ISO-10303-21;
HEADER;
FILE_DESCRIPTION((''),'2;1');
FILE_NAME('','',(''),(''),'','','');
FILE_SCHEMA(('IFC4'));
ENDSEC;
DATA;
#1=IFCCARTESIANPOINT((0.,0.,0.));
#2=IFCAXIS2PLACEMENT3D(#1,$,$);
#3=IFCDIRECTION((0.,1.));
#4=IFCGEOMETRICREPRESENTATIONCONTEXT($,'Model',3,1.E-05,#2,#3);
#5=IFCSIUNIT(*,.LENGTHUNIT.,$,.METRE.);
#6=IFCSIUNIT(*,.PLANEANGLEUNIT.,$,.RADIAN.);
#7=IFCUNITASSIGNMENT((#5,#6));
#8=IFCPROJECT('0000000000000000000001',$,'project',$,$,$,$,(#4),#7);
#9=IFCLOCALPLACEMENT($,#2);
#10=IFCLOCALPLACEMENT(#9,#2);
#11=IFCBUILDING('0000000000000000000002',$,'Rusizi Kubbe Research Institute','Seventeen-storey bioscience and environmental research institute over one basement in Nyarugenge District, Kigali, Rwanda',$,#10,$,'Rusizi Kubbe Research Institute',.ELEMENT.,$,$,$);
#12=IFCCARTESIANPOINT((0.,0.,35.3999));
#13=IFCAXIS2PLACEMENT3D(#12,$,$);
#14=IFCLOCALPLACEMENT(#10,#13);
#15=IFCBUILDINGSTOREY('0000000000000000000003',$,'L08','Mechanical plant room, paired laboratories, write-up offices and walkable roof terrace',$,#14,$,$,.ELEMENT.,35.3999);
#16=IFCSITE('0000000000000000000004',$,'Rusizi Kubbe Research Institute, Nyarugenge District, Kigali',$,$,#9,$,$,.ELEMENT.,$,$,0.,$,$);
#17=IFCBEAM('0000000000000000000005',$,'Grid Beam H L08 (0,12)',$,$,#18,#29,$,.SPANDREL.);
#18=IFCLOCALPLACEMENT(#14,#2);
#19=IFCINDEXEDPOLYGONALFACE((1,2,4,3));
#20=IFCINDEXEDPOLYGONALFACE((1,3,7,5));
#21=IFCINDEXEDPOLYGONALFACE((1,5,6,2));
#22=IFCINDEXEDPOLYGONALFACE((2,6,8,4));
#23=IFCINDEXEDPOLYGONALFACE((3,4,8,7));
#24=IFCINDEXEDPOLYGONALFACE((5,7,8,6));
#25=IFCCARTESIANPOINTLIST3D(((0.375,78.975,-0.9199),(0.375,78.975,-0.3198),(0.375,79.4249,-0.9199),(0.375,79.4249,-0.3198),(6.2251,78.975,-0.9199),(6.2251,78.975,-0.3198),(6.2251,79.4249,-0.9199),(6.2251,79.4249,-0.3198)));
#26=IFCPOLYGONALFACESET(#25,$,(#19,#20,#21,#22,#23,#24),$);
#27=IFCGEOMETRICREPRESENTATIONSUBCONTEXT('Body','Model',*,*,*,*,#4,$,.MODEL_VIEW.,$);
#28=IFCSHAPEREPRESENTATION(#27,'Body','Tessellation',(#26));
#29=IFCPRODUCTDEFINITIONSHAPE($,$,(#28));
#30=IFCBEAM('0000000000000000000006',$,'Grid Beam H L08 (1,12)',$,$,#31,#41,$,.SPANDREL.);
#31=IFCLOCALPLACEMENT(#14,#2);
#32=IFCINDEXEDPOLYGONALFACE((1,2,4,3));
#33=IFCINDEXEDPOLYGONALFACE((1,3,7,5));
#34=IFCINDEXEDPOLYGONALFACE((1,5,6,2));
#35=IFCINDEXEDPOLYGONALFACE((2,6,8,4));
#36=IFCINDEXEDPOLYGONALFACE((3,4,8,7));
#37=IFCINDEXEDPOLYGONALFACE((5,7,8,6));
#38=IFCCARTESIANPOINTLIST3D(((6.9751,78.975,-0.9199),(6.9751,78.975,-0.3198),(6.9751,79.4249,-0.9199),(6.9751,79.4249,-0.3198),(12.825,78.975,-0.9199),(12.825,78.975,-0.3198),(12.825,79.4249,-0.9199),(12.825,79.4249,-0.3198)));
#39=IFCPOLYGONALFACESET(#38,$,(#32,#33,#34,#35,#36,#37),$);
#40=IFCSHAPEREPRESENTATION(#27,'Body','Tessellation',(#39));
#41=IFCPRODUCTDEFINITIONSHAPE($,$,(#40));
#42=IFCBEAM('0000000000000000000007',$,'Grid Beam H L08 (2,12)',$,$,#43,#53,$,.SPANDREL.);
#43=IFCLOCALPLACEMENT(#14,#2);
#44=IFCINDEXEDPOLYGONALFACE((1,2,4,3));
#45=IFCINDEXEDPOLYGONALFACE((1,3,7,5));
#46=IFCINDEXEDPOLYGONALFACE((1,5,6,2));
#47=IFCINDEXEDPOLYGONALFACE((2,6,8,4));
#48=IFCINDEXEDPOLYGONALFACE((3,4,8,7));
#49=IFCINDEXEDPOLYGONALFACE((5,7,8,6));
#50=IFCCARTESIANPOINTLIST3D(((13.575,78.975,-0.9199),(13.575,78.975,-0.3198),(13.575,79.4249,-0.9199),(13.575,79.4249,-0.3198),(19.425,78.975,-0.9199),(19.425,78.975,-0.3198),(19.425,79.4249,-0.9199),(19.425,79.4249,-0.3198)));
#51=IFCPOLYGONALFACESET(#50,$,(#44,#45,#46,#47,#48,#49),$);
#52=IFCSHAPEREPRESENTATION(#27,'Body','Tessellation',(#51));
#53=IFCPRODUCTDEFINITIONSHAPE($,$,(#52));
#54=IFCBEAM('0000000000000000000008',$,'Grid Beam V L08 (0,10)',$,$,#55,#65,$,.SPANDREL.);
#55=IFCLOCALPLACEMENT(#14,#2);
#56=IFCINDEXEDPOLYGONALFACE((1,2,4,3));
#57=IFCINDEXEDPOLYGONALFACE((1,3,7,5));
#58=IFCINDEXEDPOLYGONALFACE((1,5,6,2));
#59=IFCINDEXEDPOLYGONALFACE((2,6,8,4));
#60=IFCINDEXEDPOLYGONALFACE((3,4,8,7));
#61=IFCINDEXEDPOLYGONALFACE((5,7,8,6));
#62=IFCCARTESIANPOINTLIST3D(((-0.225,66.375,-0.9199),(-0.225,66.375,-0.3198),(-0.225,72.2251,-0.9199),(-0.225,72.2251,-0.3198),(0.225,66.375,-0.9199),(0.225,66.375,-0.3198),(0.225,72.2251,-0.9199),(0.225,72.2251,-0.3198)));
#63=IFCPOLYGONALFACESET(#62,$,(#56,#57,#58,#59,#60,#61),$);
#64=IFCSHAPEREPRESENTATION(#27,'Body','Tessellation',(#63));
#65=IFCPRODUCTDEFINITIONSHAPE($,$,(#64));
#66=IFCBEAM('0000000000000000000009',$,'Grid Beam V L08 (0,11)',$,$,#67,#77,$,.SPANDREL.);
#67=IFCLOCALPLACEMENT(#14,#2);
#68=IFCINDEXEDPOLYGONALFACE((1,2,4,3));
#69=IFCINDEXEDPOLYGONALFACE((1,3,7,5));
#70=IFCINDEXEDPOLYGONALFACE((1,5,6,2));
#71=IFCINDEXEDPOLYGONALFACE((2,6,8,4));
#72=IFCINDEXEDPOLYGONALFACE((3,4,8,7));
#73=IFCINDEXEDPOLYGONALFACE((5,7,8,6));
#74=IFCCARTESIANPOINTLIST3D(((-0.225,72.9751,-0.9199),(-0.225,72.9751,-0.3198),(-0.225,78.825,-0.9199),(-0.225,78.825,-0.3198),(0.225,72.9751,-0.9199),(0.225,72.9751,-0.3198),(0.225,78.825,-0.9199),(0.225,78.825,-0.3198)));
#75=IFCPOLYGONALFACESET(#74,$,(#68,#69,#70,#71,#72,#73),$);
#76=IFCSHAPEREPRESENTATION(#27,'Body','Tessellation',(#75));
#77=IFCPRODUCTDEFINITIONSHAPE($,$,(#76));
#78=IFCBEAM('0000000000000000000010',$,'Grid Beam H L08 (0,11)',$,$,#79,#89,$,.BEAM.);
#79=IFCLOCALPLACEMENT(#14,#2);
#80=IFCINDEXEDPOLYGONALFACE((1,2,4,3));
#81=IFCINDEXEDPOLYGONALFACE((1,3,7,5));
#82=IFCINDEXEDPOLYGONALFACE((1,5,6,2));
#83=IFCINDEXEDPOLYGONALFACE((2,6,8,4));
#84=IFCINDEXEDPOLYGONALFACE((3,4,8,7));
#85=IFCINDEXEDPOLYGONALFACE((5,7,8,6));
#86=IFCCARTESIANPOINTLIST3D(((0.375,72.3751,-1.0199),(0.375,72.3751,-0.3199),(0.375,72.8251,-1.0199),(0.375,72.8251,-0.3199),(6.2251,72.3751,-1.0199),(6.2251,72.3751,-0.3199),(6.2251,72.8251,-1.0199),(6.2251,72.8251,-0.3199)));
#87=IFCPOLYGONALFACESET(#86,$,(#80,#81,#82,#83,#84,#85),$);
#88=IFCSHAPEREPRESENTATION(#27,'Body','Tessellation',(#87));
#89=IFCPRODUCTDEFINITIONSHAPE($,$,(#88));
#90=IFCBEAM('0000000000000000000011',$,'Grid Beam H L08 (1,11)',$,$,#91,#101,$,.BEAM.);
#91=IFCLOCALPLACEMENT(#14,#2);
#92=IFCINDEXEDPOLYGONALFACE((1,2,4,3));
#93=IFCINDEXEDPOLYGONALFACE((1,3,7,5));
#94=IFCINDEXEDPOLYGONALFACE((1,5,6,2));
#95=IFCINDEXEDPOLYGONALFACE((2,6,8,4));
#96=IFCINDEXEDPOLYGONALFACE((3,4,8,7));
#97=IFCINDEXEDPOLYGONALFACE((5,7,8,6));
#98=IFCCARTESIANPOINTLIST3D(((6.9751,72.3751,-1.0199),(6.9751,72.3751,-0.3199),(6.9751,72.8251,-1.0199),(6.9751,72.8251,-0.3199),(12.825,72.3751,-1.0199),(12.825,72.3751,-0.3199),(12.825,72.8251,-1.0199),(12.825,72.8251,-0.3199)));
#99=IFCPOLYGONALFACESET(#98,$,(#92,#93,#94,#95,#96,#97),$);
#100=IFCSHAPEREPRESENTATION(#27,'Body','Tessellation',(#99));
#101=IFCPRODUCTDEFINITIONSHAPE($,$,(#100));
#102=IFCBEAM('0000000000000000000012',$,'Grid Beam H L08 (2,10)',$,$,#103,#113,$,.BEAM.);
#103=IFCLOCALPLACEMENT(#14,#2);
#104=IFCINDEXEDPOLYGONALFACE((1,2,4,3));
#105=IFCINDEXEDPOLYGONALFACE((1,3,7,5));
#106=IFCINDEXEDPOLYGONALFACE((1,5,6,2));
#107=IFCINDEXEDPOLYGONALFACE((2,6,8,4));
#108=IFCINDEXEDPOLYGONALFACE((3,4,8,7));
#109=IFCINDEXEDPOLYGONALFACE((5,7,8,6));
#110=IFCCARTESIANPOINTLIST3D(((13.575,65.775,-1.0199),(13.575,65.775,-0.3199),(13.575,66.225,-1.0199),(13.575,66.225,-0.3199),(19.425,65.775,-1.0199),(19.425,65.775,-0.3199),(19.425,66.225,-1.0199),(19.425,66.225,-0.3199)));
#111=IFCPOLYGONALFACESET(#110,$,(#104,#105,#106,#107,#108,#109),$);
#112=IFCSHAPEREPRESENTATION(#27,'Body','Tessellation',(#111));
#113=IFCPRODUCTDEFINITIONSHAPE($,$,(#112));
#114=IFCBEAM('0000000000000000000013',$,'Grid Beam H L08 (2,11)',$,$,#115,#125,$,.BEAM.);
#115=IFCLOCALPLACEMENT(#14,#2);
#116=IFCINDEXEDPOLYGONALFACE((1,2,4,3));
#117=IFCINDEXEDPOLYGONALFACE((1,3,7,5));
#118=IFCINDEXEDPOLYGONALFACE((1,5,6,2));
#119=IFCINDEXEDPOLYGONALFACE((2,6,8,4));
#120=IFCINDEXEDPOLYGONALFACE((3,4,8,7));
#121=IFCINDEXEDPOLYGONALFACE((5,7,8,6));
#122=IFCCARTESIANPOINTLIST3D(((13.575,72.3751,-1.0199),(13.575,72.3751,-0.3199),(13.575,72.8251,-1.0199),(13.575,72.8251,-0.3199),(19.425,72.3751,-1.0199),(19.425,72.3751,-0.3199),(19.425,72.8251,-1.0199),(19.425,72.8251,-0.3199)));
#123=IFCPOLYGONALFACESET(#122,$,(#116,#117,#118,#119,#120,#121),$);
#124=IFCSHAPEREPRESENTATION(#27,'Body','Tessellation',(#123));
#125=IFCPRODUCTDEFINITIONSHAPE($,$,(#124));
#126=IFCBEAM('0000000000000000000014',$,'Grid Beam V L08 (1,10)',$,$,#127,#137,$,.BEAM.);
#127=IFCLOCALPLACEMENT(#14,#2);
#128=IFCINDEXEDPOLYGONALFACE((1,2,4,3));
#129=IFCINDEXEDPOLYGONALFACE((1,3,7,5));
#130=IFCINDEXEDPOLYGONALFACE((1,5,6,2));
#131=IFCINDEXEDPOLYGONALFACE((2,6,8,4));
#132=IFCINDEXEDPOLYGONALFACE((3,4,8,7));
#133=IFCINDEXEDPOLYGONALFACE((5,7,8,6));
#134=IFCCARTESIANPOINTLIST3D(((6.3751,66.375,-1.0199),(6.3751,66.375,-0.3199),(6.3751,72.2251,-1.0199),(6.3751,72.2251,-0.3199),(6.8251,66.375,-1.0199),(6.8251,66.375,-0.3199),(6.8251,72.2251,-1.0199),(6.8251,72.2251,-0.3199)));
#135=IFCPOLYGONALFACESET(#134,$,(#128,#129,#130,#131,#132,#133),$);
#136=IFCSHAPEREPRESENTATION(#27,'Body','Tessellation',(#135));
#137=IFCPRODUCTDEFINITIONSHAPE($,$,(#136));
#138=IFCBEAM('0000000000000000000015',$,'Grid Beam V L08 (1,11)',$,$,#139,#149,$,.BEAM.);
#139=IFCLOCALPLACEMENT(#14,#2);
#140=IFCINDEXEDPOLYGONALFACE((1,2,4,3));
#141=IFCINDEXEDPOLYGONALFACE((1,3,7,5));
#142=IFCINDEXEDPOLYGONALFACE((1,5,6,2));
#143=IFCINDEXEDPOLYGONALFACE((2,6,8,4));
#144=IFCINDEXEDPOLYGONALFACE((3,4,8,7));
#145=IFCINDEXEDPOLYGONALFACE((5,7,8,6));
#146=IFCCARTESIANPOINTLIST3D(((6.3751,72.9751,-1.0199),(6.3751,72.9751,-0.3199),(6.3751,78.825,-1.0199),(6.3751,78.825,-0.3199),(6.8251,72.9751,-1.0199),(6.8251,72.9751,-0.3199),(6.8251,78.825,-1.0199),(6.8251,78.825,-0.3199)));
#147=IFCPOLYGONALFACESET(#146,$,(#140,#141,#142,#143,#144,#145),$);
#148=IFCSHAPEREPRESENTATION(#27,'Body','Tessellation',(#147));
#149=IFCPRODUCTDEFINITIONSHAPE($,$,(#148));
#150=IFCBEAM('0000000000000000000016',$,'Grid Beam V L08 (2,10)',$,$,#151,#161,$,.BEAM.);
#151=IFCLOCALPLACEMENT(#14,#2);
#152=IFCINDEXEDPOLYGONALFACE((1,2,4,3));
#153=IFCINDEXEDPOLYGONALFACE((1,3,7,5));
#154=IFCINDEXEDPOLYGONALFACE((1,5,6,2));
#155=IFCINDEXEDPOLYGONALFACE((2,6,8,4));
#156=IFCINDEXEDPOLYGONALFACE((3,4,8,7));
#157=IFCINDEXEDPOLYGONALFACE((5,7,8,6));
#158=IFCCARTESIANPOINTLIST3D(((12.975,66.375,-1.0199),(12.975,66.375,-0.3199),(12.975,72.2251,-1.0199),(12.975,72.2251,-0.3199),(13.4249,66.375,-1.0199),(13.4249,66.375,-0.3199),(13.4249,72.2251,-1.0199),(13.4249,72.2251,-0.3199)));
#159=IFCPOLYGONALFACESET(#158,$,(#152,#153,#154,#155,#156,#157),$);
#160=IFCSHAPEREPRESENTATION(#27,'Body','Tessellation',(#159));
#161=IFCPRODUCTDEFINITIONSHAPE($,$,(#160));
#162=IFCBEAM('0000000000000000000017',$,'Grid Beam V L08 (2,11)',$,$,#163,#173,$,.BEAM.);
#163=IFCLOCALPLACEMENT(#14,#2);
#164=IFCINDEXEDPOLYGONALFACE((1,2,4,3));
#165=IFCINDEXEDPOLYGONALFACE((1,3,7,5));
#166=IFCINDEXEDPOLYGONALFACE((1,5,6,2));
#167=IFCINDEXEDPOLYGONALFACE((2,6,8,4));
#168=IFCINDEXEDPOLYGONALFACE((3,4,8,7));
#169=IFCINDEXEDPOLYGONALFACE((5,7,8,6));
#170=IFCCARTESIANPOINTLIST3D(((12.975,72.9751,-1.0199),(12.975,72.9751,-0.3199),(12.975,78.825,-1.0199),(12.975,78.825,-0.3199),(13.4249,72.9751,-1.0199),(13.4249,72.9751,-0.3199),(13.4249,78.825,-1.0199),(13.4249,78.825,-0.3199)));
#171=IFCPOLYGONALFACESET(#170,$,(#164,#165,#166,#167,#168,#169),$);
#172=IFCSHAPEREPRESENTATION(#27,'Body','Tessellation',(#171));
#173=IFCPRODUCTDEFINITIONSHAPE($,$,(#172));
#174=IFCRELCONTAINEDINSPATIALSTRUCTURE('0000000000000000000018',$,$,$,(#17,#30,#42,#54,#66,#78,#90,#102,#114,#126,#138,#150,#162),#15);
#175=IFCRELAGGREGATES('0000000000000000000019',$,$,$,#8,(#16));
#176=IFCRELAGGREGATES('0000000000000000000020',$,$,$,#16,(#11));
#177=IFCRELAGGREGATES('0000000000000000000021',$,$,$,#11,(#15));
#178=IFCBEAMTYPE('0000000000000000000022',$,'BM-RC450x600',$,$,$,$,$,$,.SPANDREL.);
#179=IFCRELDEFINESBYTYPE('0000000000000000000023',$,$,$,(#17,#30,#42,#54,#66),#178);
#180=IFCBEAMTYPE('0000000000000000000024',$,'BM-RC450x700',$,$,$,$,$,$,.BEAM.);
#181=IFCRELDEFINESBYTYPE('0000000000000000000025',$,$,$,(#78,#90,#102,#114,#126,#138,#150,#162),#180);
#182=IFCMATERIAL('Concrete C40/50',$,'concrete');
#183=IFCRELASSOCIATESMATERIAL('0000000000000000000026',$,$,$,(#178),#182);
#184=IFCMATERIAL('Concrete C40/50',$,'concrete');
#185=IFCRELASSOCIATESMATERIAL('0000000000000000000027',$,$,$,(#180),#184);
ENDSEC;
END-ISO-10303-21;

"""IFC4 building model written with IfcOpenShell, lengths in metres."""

from ifc_helpers import new_model, si_unit, direction, frame, origin, origin_2d, place, context, subcontext, project, spatial, rectangle, extrude, material, material_profile, profile_set, type_object, element, save


model = new_model("IFC4")

# Units and contexts
model_context = context("Model", 3, precision=1e-05, world=origin(), true_north=direction((0.0, 1.0)))
body_context = subcontext(model_context, "Body", "Model", "MODEL_VIEW")
ifc_project = project(units=[si_unit("LENGTHUNIT", "METRE"), si_unit("PLANEANGLEUNIT", "RADIAN")], contexts=[model_context])

# Site, building, storey
site_placement = place(None, origin())
site = spatial("IfcSite", under=ifc_project, at=site_placement, Name="Rusizi Kubbe Research Institute, Nyarugenge District, Kigali", CompositionType="ELEMENT", RefElevation=0.0)
building_placement = place(site_placement, origin())
building = spatial("IfcBuilding", under=site, at=building_placement, Name="Rusizi Kubbe Research Institute", Description="Seventeen-storey bioscience and environmental research institute over one basement in Nyarugenge District, Kigali, Rwanda", LongName="Rusizi Kubbe Research Institute", CompositionType="ELEMENT")
storey_placement = place(building_placement, frame((0.0, 0.0, 35.3999)))
storey = spatial("IfcBuildingStorey", under=building, at=storey_placement, Name="L08", Description="Mechanical plant room, paired laboratories, write-up offices and walkable roof terrace", CompositionType="ELEMENT", Elevation=35.3999)

# Beams
ifc_material_1 = material(Name="Concrete C40/50", Category="concrete")
ifc_material_profile_1 = material_profile(ifc_material_1, rectangle(XDim=0.45, YDim=0.6001, at=origin_2d()), Name="RC450x600")
ifc_profile_set_1 = profile_set([ifc_material_profile_1], Name="Concrete C40/50")
beam_type_1 = type_object("IfcBeamType", Name="BM-RC450x600", PredefinedType="SPANDREL", material=ifc_profile_set_1)
beam_1_placement = place(storey_placement, frame((0.375, 79.2, -0.6199), z_axis=(1.0, 0.0, 0.0), x_axis=(0.0, 1.0, 0.0)))
element("IfcBeam", 1, at=beam_1_placement, inside=storey, type_object=beam_type_1, Name="Grid Beam H L08 (0,12)", PredefinedType="SPANDREL", context=body_context, shape_type="SweptSolid", body=[
    extrude(rectangle(XDim=0.45, YDim=0.6001, at=origin_2d()), origin(), (0.0, 0.0, 1.0), 5.8501),
])
beam_2_placement = place(storey_placement, frame((6.9751, 79.2, -0.6199), z_axis=(1.0, 0.0, 0.0), x_axis=(0.0, 1.0, 0.0)))
element("IfcBeam", 2, at=beam_2_placement, inside=storey, type_object=beam_type_1, Name="Grid Beam H L08 (1,12)", PredefinedType="SPANDREL", context=body_context, shape_type="SweptSolid", body=[
    extrude(rectangle(XDim=0.45, YDim=0.6001, at=origin_2d()), origin(), (0.0, 0.0, 1.0), 5.8499),
])
for number, where, z_axis, x_axis, name in (
    (3, (13.575, 79.2, -0.6199), (1.0, 0.0, 0.0), (0.0, 1.0, 0.0), "Grid Beam H L08 (2,12)"),
    (4, (0.0, 66.375, -0.6199), (0.0, 1.0, 0.0), (-1.0, 0.0, 0.0), "Grid Beam V L08 (0,10)"),
):
    element("IfcBeam", number, at=place(storey_placement, frame(where, z_axis=z_axis, x_axis=x_axis)), inside=storey, type_object=beam_type_1, Name=name, PredefinedType="SPANDREL", context=body_context, shape_type="SweptSolid", body=[
        extrude(rectangle(XDim=0.45, YDim=0.6001, at=origin_2d()), origin(), (0.0, 0.0, 1.0), 5.8501),
    ])
beam_3_placement = place(storey_placement, frame((0.0, 72.9751, -0.6199), z_axis=(0.0, 1.0, 0.0), x_axis=(-1.0, 0.0, 0.0)))
element("IfcBeam", 5, at=beam_3_placement, inside=storey, type_object=beam_type_1, Name="Grid Beam V L08 (0,11)", PredefinedType="SPANDREL", context=body_context, shape_type="SweptSolid", body=[
    extrude(rectangle(XDim=0.45, YDim=0.6001, at=origin_2d()), origin(), (0.0, 0.0, 1.0), 5.8499),
])
ifc_material_2 = material(Name="Concrete C40/50", Category="concrete")
ifc_material_profile_2 = material_profile(ifc_material_2, rectangle(XDim=0.45, YDim=0.7, at=origin_2d()), Name="RC450x700B")
ifc_profile_set_2 = profile_set([ifc_material_profile_2], Name="Concrete C40/50")
beam_type_2 = type_object("IfcBeamType", Name="BM-RC450x700", PredefinedType="BEAM", material=ifc_profile_set_2)
beam_4_placement = place(storey_placement, frame((0.375, 72.6001, -0.6699), z_axis=(1.0, 0.0, 0.0), x_axis=(0.0, 1.0, 0.0)))
element("IfcBeam", 6, at=beam_4_placement, inside=storey, type_object=beam_type_2, Name="Grid Beam H L08 (0,11)", PredefinedType="BEAM", context=body_context, shape_type="SweptSolid", body=[
    extrude(rectangle(XDim=0.45, YDim=0.7, at=origin_2d()), origin(), (0.0, 0.0, 1.0), 5.8501),
])
beam_5_placement = place(storey_placement, frame((6.9751, 72.6001, -0.6699), z_axis=(1.0, 0.0, 0.0), x_axis=(0.0, 1.0, 0.0)))
element("IfcBeam", 7, at=beam_5_placement, inside=storey, type_object=beam_type_2, Name="Grid Beam H L08 (1,11)", PredefinedType="BEAM", context=body_context, shape_type="SweptSolid", body=[
    extrude(rectangle(XDim=0.45, YDim=0.7, at=origin_2d()), origin(), (0.0, 0.0, 1.0), 5.8499),
])
for number, where, z_axis, x_axis, name in (
    (8, (13.575, 66.0, -0.6699), (1.0, 0.0, 0.0), (0.0, 1.0, 0.0), "Grid Beam H L08 (2,10)"),
    (9, (13.575, 72.6001, -0.6699), (1.0, 0.0, 0.0), (0.0, 1.0, 0.0), "Grid Beam H L08 (2,11)"),
    (10, (6.6001, 66.375, -0.6699), (0.0, 1.0, 0.0), (-1.0, 0.0, 0.0), "Grid Beam V L08 (1,10)"),
):
    element("IfcBeam", number, at=place(storey_placement, frame(where, z_axis=z_axis, x_axis=x_axis)), inside=storey, type_object=beam_type_2, Name=name, PredefinedType="BEAM", context=body_context, shape_type="SweptSolid", body=[
        extrude(rectangle(XDim=0.45, YDim=0.7, at=origin_2d()), origin(), (0.0, 0.0, 1.0), 5.8501),
    ])
beam_6_placement = place(storey_placement, frame((6.6001, 72.9751, -0.6699), z_axis=(0.0, 1.0, 0.0), x_axis=(-1.0, 0.0, 0.0)))
element("IfcBeam", 11, at=beam_6_placement, inside=storey, type_object=beam_type_2, Name="Grid Beam V L08 (1,11)", PredefinedType="BEAM", context=body_context, shape_type="SweptSolid", body=[
    extrude(rectangle(XDim=0.45, YDim=0.7, at=origin_2d()), origin(), (0.0, 0.0, 1.0), 5.8499),
])
beam_7_placement = place(storey_placement, frame((13.2, 66.375, -0.6699), z_axis=(0.0, 1.0, 0.0), x_axis=(-1.0, 0.0, 0.0)))
element("IfcBeam", 12, at=beam_7_placement, inside=storey, type_object=beam_type_2, Name="Grid Beam V L08 (2,10)", PredefinedType="BEAM", context=body_context, shape_type="SweptSolid", body=[
    extrude(rectangle(XDim=0.45, YDim=0.7, at=origin_2d()), origin(), (0.0, 0.0, 1.0), 5.8501),
])
beam_8_placement = place(storey_placement, frame((13.2, 72.9751, -0.6699), z_axis=(0.0, 1.0, 0.0), x_axis=(-1.0, 0.0, 0.0)))
element("IfcBeam", 13, at=beam_8_placement, inside=storey, type_object=beam_type_2, Name="Grid Beam V L08 (2,11)", PredefinedType="BEAM", context=body_context, shape_type="SweptSolid", body=[
    extrude(rectangle(XDim=0.45, YDim=0.7, at=origin_2d()), origin(), (0.0, 0.0, 1.0), 5.8499),
])

save(model, "model.ifc")
